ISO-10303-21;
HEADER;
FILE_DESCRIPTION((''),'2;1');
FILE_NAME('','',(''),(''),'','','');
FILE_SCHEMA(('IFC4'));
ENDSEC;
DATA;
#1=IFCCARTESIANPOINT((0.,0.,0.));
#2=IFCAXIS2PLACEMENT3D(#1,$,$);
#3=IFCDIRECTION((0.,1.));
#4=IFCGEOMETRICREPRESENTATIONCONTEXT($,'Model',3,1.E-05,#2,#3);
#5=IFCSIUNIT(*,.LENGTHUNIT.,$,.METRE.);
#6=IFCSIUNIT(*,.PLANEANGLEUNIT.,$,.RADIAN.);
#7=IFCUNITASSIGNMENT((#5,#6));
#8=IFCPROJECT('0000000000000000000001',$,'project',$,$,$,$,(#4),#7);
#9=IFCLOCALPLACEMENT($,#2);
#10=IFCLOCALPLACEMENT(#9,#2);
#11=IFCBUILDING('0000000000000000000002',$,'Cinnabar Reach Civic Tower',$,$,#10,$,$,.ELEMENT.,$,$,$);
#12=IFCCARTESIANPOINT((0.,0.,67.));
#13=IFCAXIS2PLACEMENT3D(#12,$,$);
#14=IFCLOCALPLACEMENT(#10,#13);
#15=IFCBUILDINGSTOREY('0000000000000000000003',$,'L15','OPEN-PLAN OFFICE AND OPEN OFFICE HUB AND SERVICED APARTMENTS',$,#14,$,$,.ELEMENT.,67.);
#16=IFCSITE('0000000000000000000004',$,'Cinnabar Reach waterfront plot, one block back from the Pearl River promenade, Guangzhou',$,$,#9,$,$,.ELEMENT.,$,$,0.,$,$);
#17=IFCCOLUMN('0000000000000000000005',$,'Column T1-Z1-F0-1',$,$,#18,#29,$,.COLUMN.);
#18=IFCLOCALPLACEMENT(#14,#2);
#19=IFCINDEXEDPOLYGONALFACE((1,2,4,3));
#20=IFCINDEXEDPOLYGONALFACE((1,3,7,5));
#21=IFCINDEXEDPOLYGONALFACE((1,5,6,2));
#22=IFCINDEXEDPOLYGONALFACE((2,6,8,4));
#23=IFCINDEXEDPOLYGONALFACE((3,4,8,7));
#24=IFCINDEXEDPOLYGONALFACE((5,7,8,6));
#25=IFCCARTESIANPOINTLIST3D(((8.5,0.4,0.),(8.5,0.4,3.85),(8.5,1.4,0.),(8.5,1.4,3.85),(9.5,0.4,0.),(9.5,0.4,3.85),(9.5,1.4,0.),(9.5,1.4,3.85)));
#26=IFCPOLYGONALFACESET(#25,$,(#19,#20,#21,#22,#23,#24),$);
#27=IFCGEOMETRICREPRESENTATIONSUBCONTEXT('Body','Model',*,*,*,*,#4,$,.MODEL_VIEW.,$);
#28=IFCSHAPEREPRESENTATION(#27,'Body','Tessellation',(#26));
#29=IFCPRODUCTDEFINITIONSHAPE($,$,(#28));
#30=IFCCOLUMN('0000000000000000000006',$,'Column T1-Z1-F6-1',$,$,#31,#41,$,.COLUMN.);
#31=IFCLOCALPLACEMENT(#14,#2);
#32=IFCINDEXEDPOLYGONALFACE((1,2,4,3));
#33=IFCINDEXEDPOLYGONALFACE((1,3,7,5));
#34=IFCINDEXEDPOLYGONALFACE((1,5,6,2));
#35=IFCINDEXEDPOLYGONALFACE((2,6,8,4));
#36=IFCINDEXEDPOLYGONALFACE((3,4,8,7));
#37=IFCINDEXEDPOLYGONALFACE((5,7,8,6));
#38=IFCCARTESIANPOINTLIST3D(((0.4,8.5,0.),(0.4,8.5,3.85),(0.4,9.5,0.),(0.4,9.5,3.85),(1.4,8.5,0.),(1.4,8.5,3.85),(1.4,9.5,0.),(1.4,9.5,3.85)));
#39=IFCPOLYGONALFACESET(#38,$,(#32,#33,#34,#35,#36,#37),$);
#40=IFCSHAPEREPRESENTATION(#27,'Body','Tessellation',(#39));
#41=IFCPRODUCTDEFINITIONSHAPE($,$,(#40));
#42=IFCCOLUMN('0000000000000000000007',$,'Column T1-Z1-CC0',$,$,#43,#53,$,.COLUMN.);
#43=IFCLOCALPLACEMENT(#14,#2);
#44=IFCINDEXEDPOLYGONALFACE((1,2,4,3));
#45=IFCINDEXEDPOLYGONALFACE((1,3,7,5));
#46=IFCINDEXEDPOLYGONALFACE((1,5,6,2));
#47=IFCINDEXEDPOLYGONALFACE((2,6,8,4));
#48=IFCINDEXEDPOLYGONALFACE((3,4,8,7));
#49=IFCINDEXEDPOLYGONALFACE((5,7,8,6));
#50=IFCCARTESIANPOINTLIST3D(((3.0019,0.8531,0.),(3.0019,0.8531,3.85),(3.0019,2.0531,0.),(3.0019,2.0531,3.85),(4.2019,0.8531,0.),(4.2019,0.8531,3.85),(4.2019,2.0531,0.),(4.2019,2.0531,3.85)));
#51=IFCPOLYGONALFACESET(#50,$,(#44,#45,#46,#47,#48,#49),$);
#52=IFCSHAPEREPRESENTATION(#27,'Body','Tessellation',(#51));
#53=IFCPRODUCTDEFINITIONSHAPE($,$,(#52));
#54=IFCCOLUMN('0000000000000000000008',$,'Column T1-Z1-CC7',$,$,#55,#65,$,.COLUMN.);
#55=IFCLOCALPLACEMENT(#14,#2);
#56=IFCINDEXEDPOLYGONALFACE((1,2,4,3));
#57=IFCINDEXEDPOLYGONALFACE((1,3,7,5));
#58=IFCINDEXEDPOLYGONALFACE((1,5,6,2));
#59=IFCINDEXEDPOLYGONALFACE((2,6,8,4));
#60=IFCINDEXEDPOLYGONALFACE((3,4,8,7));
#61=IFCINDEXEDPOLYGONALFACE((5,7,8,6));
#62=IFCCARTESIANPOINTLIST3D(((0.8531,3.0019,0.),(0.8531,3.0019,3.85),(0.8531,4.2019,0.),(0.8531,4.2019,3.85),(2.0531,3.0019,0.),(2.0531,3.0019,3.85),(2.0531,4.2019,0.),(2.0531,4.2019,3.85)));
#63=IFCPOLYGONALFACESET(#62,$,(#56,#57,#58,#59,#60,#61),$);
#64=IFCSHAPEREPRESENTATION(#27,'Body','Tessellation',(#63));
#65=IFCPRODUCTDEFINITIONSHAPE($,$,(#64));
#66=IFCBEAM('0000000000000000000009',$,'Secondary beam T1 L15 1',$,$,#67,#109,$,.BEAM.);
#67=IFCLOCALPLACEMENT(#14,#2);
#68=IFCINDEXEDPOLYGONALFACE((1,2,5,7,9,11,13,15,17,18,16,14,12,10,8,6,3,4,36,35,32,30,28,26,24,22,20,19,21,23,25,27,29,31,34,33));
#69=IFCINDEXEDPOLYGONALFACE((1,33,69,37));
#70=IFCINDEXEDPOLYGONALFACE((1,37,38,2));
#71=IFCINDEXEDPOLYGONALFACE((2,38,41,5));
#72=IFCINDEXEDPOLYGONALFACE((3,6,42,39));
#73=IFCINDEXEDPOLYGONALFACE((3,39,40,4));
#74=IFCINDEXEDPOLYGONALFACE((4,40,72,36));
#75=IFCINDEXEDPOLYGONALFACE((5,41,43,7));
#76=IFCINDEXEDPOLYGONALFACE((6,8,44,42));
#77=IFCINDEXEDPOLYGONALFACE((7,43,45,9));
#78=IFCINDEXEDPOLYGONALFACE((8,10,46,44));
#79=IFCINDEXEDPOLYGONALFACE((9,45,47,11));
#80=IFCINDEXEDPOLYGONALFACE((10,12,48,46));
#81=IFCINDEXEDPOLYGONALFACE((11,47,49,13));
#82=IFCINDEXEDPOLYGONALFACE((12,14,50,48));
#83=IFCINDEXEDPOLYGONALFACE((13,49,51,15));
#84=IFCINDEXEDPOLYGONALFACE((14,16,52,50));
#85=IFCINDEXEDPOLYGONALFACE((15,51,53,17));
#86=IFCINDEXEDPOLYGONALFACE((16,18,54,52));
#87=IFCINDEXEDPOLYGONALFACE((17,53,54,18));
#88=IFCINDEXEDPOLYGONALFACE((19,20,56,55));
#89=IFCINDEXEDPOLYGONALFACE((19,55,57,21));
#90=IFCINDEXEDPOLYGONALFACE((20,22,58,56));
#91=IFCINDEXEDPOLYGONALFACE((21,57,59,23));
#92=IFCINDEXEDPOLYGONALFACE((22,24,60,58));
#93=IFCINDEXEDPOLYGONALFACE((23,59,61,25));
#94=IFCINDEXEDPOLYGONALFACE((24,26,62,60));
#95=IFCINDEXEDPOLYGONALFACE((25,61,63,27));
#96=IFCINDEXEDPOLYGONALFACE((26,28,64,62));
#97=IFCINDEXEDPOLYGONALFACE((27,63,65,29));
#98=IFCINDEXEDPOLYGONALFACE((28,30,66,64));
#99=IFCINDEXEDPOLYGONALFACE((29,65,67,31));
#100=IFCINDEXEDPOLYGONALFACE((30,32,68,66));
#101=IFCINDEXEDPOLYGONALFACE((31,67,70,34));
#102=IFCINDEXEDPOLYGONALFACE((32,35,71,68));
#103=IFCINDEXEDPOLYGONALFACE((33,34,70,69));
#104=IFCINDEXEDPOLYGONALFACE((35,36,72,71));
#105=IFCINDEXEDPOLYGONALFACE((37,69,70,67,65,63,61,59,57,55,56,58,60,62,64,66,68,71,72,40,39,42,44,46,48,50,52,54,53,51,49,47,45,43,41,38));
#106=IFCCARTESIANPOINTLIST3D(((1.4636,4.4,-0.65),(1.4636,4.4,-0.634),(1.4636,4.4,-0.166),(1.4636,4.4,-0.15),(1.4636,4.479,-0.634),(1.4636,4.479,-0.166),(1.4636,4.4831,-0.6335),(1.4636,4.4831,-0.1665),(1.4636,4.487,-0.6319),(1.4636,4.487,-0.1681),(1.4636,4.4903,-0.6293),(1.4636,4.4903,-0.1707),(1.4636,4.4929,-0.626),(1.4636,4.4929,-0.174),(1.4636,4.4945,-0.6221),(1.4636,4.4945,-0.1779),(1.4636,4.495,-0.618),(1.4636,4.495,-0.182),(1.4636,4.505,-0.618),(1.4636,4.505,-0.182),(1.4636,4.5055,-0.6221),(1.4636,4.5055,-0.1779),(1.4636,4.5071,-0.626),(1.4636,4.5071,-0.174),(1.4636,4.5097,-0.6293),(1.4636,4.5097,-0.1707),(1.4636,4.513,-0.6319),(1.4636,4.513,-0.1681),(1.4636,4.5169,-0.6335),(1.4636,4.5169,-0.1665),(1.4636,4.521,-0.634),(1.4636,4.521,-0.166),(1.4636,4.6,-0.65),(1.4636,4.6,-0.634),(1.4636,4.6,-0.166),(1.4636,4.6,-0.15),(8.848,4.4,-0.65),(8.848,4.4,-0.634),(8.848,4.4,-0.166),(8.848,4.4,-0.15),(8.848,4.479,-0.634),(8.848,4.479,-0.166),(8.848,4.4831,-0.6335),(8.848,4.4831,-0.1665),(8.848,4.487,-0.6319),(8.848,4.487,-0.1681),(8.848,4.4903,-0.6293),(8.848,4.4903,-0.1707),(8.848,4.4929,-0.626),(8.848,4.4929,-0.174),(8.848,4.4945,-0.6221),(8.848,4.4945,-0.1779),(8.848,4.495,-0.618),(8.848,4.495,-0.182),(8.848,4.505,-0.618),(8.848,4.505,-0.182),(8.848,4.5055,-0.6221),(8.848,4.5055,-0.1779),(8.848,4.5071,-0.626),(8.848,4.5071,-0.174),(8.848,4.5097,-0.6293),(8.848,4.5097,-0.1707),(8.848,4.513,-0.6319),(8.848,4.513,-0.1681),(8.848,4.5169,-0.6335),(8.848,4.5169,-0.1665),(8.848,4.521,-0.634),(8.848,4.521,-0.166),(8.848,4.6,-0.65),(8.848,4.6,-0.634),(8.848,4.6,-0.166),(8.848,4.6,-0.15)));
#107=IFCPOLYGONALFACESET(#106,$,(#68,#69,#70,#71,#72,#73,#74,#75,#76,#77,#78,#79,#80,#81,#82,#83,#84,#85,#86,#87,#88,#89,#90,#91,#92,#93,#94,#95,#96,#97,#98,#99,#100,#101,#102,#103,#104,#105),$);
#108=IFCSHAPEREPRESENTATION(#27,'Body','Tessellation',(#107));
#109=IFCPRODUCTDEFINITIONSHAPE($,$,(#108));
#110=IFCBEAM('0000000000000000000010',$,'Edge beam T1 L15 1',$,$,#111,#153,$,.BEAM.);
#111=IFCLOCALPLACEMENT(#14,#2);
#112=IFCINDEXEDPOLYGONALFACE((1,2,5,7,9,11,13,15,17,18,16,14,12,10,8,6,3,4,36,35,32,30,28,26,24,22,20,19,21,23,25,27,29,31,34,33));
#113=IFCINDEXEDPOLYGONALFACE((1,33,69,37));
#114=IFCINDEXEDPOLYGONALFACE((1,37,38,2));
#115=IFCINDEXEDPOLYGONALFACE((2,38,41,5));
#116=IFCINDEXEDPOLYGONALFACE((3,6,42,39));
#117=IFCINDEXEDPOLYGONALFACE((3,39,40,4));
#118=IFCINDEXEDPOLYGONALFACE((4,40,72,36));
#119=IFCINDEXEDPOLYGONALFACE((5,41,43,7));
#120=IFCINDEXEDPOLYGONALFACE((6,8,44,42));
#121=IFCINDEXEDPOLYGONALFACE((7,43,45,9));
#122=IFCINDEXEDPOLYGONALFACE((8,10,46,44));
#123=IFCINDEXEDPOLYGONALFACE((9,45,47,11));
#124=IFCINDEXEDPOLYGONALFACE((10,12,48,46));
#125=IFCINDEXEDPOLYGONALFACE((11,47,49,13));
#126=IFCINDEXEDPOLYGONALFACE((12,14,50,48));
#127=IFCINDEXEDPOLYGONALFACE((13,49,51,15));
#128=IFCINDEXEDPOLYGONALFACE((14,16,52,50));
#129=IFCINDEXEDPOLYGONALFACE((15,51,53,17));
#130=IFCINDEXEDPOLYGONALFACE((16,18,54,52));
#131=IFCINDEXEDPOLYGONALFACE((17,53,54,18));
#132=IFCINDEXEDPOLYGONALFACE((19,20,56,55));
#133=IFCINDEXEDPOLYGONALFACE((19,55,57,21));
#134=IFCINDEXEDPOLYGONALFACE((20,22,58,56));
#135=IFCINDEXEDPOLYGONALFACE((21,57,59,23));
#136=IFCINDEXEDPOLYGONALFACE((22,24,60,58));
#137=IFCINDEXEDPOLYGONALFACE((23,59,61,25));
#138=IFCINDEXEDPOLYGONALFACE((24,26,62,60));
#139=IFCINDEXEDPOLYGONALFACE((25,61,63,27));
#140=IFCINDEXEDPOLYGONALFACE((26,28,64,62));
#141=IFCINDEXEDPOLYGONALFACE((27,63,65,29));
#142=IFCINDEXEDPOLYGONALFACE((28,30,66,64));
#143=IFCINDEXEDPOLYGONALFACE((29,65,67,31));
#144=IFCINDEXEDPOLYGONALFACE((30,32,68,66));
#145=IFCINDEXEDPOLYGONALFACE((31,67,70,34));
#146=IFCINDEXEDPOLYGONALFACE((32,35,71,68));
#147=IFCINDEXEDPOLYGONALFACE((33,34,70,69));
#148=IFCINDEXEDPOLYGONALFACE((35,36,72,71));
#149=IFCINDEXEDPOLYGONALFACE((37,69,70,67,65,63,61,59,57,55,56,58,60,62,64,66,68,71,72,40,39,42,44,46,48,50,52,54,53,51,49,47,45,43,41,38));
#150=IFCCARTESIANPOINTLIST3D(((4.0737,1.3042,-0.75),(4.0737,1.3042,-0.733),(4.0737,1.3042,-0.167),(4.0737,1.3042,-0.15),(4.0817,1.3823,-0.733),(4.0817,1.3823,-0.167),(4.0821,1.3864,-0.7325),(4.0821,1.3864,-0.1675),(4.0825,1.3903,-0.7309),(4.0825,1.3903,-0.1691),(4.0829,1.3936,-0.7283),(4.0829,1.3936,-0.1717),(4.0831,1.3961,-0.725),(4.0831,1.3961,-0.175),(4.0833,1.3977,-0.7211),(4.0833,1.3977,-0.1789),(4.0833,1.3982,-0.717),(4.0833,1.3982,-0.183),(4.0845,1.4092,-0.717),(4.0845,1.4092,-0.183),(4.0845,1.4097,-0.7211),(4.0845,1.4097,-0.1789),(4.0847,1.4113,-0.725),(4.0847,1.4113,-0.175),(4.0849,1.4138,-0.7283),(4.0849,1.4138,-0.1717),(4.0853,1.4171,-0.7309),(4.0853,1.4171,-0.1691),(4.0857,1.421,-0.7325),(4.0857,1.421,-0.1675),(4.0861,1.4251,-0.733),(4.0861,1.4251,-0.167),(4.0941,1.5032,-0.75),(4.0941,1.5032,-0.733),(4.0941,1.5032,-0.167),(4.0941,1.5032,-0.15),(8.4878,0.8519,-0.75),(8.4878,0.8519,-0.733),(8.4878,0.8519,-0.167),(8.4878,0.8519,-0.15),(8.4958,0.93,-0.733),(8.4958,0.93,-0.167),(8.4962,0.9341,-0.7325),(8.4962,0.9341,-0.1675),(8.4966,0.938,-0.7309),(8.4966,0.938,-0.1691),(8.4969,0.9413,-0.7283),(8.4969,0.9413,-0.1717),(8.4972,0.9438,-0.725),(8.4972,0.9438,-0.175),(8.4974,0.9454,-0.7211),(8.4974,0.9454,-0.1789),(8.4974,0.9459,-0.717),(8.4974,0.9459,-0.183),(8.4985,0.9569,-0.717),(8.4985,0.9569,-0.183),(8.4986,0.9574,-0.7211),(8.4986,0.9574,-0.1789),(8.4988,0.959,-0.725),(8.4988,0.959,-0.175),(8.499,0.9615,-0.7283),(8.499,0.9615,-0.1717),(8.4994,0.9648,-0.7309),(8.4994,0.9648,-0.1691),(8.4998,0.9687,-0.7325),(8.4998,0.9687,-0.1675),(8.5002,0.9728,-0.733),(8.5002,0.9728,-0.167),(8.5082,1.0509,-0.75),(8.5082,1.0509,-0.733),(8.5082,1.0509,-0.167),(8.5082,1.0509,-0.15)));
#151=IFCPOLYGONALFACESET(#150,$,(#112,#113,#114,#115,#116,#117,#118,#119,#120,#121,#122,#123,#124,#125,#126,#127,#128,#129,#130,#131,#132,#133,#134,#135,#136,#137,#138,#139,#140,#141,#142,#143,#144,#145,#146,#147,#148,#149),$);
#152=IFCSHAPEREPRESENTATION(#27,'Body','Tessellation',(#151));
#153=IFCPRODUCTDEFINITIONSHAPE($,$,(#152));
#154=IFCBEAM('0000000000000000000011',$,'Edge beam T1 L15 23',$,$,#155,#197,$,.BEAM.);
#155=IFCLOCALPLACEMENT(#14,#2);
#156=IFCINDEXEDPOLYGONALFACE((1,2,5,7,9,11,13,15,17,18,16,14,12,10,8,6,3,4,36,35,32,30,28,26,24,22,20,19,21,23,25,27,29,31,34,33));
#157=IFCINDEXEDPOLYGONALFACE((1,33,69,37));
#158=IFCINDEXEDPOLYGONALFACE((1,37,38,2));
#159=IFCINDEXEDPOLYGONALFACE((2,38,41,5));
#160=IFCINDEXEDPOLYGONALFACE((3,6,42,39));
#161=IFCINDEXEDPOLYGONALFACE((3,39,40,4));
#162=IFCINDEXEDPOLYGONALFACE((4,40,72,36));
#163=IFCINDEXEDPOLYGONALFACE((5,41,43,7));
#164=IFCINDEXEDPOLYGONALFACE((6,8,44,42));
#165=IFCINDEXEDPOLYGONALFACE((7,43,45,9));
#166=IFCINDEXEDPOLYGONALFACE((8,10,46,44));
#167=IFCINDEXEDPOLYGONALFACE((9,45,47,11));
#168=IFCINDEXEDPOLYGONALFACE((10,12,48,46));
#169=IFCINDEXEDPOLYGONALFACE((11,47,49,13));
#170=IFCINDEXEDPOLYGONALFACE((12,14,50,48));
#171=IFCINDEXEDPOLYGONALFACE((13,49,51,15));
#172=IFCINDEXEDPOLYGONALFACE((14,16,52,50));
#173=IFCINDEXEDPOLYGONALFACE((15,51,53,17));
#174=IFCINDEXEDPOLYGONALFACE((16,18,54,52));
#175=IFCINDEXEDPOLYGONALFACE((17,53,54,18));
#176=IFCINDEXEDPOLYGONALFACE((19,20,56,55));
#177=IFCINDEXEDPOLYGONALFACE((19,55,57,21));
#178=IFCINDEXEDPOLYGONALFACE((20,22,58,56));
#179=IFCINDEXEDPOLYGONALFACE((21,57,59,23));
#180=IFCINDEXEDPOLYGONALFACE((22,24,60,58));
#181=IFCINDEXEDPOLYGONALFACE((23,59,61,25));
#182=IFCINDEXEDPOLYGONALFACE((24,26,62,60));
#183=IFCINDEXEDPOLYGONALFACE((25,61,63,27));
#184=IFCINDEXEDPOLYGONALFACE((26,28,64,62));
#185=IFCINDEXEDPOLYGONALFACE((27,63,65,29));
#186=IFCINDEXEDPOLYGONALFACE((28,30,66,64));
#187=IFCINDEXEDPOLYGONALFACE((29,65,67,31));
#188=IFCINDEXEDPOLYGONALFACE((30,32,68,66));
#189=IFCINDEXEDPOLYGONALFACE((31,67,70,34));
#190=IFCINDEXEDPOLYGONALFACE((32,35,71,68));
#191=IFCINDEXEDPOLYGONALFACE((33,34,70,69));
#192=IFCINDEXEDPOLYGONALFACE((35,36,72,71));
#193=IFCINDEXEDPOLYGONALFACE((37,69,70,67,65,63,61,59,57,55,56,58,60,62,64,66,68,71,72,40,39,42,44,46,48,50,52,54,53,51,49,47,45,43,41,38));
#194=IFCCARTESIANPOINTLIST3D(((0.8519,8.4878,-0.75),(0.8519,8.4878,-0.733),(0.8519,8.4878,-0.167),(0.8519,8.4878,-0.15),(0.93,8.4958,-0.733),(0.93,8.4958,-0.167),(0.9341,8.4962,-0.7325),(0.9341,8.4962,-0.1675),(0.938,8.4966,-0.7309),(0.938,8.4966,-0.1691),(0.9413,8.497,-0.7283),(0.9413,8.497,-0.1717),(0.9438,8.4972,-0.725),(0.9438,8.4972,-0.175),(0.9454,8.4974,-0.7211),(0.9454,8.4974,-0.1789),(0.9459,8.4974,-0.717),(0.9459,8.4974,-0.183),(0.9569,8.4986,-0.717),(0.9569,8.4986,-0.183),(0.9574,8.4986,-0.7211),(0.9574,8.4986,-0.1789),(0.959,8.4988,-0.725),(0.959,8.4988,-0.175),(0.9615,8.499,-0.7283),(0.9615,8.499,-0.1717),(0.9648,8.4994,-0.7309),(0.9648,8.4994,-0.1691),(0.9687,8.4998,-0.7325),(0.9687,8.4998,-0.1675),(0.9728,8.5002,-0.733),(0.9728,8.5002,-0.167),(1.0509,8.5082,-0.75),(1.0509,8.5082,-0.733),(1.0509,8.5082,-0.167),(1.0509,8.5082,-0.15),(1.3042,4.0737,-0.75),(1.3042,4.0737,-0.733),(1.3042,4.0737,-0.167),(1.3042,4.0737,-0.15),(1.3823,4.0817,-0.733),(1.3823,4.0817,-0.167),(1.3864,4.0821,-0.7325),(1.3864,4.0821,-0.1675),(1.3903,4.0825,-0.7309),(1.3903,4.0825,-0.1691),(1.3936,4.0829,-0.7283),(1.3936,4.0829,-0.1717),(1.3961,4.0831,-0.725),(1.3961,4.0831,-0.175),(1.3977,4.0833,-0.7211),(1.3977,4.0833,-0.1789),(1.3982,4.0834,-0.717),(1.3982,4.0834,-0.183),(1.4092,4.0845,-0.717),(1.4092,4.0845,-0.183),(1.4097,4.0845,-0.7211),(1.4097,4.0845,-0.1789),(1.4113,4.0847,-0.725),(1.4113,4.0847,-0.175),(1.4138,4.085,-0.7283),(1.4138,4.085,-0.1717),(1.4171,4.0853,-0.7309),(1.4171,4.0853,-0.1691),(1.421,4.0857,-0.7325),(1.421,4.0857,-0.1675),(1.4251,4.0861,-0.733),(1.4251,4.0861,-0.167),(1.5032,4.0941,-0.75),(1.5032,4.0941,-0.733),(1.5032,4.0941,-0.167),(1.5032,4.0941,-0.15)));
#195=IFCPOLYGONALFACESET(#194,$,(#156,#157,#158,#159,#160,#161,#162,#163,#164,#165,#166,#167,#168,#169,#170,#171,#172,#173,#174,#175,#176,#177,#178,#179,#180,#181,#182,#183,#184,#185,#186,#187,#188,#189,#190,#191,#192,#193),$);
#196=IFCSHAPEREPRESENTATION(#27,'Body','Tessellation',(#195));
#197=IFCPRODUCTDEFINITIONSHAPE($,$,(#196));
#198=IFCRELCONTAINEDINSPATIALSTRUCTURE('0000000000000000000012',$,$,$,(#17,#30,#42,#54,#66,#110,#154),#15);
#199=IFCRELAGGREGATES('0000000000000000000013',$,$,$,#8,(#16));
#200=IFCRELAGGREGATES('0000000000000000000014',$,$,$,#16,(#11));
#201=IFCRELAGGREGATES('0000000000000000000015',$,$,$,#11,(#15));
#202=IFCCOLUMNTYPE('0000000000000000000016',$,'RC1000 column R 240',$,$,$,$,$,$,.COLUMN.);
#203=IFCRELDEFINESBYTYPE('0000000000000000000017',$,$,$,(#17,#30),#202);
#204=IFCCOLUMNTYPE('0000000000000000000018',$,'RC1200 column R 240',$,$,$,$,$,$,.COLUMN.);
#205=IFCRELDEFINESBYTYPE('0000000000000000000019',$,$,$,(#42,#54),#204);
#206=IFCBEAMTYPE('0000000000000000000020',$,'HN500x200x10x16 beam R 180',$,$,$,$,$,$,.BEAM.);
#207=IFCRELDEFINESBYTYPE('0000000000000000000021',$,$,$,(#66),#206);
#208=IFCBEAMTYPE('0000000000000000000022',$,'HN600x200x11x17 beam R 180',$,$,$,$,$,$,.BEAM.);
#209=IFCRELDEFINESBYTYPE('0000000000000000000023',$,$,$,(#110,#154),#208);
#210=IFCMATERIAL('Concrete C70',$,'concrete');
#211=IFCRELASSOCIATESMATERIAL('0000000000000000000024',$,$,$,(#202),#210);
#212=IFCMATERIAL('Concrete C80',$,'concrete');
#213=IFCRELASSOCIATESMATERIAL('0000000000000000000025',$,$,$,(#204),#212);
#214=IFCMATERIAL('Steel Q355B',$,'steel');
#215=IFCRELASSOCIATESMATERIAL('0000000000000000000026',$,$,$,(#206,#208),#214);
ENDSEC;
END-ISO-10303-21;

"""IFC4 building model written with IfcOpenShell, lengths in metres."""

from ifc_helpers import new_model, si_unit, direction, frame, origin, origin_2d, place, context, subcontext, project, spatial, rectangle, i_section, extrude, material, material_profile, profile_set, type_object, element, save


model = new_model("IFC4")

# Units and contexts
model_context = context("Model", 3, precision=1e-05, world=origin(), true_north=direction((0.0, 1.0)))
body_context = subcontext(model_context, "Body", "Model", "MODEL_VIEW")
ifc_project = project(units=[si_unit("LENGTHUNIT", "METRE"), si_unit("PLANEANGLEUNIT", "RADIAN")], contexts=[model_context])

# Site, building, storey
site_placement = place(None, origin())
site = spatial("IfcSite", under=ifc_project, at=site_placement, Name="Cinnabar Reach waterfront plot, one block back from the Pearl River promenade, Guangzhou", CompositionType="ELEMENT", RefElevation=0.0)
building_placement = place(site_placement, origin())
building = spatial("IfcBuilding", under=site, at=building_placement, Name="Cinnabar Reach Civic Tower", CompositionType="ELEMENT")
storey_placement = place(building_placement, frame((0.0, 0.0, 67.0)))
storey = spatial("IfcBuildingStorey", under=building, at=storey_placement, Name="L15", Description="OPEN-PLAN OFFICE AND OPEN OFFICE HUB AND SERVICED APARTMENTS", CompositionType="ELEMENT", Elevation=67.0)

# Columns
ifc_material_1 = material(Name="Concrete C70", Category="concrete")
ifc_material_profile_1 = material_profile(ifc_material_1, rectangle(XDim=1.0, YDim=1.0, at=origin_2d()), Name="RC1000")
ifc_profile_set_1 = profile_set([ifc_material_profile_1], Name="Concrete C70")
column_type_1 = type_object("IfcColumnType", Name="RC1000 column R 240", PredefinedType="COLUMN", material=ifc_profile_set_1)
for number, where, z_axis, x_axis, name in (
    (1, (9.0, 0.9, 0.0), (0.0, 0.0, 1.0), (1.0, 0.0, 0.0), "Column T1-Z1-F0-1"),
    (2, (0.9, 9.0, 0.0), (0.0, 0.0, 1.0), (1.0, 0.0, 0.0), "Column T1-Z1-F6-1"),
):
    element("IfcColumn", number, at=place(storey_placement, frame(where, z_axis=z_axis, x_axis=x_axis)), inside=storey, type_object=column_type_1, Name=name, PredefinedType="COLUMN", context=body_context, shape_type="SweptSolid", body=[
        extrude(rectangle(XDim=1.0, YDim=1.0, at=origin_2d()), origin(), (0.0, 0.0, 1.0), 3.85),
    ])
ifc_material_2 = material(Name="Concrete C80", Category="concrete")
ifc_material_profile_2 = material_profile(ifc_material_2, rectangle(XDim=1.2, YDim=1.2, at=origin_2d()), Name="RC1200")
ifc_profile_set_2 = profile_set([ifc_material_profile_2], Name="Concrete C80")
column_type_2 = type_object("IfcColumnType", Name="RC1200 column R 240", PredefinedType="COLUMN", material=ifc_profile_set_2)
for number, where, z_axis, x_axis, name in (
    (3, (3.6019, 1.4531, 0.0), (0.0, 0.0, 1.0), (1.0, 0.0, 0.0), "Column T1-Z1-CC0"),
    (4, (1.4531, 3.6019, 0.0), (0.0, 0.0, 1.0), (1.0, 0.0, 0.0), "Column T1-Z1-CC7"),
):
    element("IfcColumn", number, at=place(storey_placement, frame(where, z_axis=z_axis, x_axis=x_axis)), inside=storey, type_object=column_type_2, Name=name, PredefinedType="COLUMN", context=body_context, shape_type="SweptSolid", body=[
        extrude(rectangle(XDim=1.2, YDim=1.2, at=origin_2d()), origin(), (0.0, 0.0, 1.0), 3.85),
    ])

# Beams
ifc_material_3 = material(Name="Steel Q355B", Category="steel")
ifc_material_profile_3 = material_profile(ifc_material_3, i_section(OverallWidth=0.2, OverallDepth=0.5, WebThickness=0.01, FlangeThickness=0.016, FilletRadius=0.016, at=origin_2d()), Name="HN500x200x10x16")
ifc_profile_set_3 = profile_set([ifc_material_profile_3], Name="Steel Q355B")
beam_type_1 = type_object("IfcBeamType", Name="HN500x200x10x16 beam R 180", PredefinedType="BEAM", material=ifc_profile_set_3)
beam_1_placement = place(storey_placement, frame((1.4636, 4.5, -0.4), z_axis=(1.0, 0.0, 0.0), x_axis=(0.0, 1.0, 0.0)))
element("IfcBeam", 5, at=beam_1_placement, inside=storey, type_object=beam_type_1, Name="Secondary beam T1 L15 1", PredefinedType="BEAM", context=body_context, shape_type="SweptSolid", body=[
    extrude(i_section(OverallWidth=0.2, OverallDepth=0.5, WebThickness=0.01, FlangeThickness=0.016, FilletRadius=0.016, at=origin_2d()), origin(), (0.0, 0.0, 1.0), 7.3844),
])
ifc_material_profile_4 = material_profile(ifc_material_3, i_section(OverallWidth=0.2, OverallDepth=0.6, WebThickness=0.011, FlangeThickness=0.017, FilletRadius=0.016, at=origin_2d()), Name="HN600x200x11x17")
ifc_profile_set_4 = profile_set([ifc_material_profile_4], Name="Steel Q355B")
beam_type_2 = type_object("IfcBeamType", Name="HN600x200x11x17 beam R 180", PredefinedType="BEAM", material=ifc_profile_set_4)
for number, where, z_axis, x_axis, name in (
    (6, (4.0839, 1.4037, -0.45), (0.994791, -0.101933, 0.0), (0.101933, 0.994791, 0.0), "Edge beam T1 L15 1"),
    (7, (0.9514, 8.498, -0.45), (0.101933, -0.994791, 0.0), (0.994791, 0.101933, 0.0), "Edge beam T1 L15 23"),
):
    element("IfcBeam", number, at=place(storey_placement, frame(where, z_axis=z_axis, x_axis=x_axis)), inside=storey, type_object=beam_type_2, Name=name, PredefinedType="BEAM", context=body_context, shape_type="SweptSolid", body=[
        extrude(i_section(OverallWidth=0.2, OverallDepth=0.6, WebThickness=0.011, FlangeThickness=0.017, FilletRadius=0.016, at=origin_2d()), origin(), (0.0, 0.0, 1.0), 4.4372),
    ])

save(model, "model.ifc")
